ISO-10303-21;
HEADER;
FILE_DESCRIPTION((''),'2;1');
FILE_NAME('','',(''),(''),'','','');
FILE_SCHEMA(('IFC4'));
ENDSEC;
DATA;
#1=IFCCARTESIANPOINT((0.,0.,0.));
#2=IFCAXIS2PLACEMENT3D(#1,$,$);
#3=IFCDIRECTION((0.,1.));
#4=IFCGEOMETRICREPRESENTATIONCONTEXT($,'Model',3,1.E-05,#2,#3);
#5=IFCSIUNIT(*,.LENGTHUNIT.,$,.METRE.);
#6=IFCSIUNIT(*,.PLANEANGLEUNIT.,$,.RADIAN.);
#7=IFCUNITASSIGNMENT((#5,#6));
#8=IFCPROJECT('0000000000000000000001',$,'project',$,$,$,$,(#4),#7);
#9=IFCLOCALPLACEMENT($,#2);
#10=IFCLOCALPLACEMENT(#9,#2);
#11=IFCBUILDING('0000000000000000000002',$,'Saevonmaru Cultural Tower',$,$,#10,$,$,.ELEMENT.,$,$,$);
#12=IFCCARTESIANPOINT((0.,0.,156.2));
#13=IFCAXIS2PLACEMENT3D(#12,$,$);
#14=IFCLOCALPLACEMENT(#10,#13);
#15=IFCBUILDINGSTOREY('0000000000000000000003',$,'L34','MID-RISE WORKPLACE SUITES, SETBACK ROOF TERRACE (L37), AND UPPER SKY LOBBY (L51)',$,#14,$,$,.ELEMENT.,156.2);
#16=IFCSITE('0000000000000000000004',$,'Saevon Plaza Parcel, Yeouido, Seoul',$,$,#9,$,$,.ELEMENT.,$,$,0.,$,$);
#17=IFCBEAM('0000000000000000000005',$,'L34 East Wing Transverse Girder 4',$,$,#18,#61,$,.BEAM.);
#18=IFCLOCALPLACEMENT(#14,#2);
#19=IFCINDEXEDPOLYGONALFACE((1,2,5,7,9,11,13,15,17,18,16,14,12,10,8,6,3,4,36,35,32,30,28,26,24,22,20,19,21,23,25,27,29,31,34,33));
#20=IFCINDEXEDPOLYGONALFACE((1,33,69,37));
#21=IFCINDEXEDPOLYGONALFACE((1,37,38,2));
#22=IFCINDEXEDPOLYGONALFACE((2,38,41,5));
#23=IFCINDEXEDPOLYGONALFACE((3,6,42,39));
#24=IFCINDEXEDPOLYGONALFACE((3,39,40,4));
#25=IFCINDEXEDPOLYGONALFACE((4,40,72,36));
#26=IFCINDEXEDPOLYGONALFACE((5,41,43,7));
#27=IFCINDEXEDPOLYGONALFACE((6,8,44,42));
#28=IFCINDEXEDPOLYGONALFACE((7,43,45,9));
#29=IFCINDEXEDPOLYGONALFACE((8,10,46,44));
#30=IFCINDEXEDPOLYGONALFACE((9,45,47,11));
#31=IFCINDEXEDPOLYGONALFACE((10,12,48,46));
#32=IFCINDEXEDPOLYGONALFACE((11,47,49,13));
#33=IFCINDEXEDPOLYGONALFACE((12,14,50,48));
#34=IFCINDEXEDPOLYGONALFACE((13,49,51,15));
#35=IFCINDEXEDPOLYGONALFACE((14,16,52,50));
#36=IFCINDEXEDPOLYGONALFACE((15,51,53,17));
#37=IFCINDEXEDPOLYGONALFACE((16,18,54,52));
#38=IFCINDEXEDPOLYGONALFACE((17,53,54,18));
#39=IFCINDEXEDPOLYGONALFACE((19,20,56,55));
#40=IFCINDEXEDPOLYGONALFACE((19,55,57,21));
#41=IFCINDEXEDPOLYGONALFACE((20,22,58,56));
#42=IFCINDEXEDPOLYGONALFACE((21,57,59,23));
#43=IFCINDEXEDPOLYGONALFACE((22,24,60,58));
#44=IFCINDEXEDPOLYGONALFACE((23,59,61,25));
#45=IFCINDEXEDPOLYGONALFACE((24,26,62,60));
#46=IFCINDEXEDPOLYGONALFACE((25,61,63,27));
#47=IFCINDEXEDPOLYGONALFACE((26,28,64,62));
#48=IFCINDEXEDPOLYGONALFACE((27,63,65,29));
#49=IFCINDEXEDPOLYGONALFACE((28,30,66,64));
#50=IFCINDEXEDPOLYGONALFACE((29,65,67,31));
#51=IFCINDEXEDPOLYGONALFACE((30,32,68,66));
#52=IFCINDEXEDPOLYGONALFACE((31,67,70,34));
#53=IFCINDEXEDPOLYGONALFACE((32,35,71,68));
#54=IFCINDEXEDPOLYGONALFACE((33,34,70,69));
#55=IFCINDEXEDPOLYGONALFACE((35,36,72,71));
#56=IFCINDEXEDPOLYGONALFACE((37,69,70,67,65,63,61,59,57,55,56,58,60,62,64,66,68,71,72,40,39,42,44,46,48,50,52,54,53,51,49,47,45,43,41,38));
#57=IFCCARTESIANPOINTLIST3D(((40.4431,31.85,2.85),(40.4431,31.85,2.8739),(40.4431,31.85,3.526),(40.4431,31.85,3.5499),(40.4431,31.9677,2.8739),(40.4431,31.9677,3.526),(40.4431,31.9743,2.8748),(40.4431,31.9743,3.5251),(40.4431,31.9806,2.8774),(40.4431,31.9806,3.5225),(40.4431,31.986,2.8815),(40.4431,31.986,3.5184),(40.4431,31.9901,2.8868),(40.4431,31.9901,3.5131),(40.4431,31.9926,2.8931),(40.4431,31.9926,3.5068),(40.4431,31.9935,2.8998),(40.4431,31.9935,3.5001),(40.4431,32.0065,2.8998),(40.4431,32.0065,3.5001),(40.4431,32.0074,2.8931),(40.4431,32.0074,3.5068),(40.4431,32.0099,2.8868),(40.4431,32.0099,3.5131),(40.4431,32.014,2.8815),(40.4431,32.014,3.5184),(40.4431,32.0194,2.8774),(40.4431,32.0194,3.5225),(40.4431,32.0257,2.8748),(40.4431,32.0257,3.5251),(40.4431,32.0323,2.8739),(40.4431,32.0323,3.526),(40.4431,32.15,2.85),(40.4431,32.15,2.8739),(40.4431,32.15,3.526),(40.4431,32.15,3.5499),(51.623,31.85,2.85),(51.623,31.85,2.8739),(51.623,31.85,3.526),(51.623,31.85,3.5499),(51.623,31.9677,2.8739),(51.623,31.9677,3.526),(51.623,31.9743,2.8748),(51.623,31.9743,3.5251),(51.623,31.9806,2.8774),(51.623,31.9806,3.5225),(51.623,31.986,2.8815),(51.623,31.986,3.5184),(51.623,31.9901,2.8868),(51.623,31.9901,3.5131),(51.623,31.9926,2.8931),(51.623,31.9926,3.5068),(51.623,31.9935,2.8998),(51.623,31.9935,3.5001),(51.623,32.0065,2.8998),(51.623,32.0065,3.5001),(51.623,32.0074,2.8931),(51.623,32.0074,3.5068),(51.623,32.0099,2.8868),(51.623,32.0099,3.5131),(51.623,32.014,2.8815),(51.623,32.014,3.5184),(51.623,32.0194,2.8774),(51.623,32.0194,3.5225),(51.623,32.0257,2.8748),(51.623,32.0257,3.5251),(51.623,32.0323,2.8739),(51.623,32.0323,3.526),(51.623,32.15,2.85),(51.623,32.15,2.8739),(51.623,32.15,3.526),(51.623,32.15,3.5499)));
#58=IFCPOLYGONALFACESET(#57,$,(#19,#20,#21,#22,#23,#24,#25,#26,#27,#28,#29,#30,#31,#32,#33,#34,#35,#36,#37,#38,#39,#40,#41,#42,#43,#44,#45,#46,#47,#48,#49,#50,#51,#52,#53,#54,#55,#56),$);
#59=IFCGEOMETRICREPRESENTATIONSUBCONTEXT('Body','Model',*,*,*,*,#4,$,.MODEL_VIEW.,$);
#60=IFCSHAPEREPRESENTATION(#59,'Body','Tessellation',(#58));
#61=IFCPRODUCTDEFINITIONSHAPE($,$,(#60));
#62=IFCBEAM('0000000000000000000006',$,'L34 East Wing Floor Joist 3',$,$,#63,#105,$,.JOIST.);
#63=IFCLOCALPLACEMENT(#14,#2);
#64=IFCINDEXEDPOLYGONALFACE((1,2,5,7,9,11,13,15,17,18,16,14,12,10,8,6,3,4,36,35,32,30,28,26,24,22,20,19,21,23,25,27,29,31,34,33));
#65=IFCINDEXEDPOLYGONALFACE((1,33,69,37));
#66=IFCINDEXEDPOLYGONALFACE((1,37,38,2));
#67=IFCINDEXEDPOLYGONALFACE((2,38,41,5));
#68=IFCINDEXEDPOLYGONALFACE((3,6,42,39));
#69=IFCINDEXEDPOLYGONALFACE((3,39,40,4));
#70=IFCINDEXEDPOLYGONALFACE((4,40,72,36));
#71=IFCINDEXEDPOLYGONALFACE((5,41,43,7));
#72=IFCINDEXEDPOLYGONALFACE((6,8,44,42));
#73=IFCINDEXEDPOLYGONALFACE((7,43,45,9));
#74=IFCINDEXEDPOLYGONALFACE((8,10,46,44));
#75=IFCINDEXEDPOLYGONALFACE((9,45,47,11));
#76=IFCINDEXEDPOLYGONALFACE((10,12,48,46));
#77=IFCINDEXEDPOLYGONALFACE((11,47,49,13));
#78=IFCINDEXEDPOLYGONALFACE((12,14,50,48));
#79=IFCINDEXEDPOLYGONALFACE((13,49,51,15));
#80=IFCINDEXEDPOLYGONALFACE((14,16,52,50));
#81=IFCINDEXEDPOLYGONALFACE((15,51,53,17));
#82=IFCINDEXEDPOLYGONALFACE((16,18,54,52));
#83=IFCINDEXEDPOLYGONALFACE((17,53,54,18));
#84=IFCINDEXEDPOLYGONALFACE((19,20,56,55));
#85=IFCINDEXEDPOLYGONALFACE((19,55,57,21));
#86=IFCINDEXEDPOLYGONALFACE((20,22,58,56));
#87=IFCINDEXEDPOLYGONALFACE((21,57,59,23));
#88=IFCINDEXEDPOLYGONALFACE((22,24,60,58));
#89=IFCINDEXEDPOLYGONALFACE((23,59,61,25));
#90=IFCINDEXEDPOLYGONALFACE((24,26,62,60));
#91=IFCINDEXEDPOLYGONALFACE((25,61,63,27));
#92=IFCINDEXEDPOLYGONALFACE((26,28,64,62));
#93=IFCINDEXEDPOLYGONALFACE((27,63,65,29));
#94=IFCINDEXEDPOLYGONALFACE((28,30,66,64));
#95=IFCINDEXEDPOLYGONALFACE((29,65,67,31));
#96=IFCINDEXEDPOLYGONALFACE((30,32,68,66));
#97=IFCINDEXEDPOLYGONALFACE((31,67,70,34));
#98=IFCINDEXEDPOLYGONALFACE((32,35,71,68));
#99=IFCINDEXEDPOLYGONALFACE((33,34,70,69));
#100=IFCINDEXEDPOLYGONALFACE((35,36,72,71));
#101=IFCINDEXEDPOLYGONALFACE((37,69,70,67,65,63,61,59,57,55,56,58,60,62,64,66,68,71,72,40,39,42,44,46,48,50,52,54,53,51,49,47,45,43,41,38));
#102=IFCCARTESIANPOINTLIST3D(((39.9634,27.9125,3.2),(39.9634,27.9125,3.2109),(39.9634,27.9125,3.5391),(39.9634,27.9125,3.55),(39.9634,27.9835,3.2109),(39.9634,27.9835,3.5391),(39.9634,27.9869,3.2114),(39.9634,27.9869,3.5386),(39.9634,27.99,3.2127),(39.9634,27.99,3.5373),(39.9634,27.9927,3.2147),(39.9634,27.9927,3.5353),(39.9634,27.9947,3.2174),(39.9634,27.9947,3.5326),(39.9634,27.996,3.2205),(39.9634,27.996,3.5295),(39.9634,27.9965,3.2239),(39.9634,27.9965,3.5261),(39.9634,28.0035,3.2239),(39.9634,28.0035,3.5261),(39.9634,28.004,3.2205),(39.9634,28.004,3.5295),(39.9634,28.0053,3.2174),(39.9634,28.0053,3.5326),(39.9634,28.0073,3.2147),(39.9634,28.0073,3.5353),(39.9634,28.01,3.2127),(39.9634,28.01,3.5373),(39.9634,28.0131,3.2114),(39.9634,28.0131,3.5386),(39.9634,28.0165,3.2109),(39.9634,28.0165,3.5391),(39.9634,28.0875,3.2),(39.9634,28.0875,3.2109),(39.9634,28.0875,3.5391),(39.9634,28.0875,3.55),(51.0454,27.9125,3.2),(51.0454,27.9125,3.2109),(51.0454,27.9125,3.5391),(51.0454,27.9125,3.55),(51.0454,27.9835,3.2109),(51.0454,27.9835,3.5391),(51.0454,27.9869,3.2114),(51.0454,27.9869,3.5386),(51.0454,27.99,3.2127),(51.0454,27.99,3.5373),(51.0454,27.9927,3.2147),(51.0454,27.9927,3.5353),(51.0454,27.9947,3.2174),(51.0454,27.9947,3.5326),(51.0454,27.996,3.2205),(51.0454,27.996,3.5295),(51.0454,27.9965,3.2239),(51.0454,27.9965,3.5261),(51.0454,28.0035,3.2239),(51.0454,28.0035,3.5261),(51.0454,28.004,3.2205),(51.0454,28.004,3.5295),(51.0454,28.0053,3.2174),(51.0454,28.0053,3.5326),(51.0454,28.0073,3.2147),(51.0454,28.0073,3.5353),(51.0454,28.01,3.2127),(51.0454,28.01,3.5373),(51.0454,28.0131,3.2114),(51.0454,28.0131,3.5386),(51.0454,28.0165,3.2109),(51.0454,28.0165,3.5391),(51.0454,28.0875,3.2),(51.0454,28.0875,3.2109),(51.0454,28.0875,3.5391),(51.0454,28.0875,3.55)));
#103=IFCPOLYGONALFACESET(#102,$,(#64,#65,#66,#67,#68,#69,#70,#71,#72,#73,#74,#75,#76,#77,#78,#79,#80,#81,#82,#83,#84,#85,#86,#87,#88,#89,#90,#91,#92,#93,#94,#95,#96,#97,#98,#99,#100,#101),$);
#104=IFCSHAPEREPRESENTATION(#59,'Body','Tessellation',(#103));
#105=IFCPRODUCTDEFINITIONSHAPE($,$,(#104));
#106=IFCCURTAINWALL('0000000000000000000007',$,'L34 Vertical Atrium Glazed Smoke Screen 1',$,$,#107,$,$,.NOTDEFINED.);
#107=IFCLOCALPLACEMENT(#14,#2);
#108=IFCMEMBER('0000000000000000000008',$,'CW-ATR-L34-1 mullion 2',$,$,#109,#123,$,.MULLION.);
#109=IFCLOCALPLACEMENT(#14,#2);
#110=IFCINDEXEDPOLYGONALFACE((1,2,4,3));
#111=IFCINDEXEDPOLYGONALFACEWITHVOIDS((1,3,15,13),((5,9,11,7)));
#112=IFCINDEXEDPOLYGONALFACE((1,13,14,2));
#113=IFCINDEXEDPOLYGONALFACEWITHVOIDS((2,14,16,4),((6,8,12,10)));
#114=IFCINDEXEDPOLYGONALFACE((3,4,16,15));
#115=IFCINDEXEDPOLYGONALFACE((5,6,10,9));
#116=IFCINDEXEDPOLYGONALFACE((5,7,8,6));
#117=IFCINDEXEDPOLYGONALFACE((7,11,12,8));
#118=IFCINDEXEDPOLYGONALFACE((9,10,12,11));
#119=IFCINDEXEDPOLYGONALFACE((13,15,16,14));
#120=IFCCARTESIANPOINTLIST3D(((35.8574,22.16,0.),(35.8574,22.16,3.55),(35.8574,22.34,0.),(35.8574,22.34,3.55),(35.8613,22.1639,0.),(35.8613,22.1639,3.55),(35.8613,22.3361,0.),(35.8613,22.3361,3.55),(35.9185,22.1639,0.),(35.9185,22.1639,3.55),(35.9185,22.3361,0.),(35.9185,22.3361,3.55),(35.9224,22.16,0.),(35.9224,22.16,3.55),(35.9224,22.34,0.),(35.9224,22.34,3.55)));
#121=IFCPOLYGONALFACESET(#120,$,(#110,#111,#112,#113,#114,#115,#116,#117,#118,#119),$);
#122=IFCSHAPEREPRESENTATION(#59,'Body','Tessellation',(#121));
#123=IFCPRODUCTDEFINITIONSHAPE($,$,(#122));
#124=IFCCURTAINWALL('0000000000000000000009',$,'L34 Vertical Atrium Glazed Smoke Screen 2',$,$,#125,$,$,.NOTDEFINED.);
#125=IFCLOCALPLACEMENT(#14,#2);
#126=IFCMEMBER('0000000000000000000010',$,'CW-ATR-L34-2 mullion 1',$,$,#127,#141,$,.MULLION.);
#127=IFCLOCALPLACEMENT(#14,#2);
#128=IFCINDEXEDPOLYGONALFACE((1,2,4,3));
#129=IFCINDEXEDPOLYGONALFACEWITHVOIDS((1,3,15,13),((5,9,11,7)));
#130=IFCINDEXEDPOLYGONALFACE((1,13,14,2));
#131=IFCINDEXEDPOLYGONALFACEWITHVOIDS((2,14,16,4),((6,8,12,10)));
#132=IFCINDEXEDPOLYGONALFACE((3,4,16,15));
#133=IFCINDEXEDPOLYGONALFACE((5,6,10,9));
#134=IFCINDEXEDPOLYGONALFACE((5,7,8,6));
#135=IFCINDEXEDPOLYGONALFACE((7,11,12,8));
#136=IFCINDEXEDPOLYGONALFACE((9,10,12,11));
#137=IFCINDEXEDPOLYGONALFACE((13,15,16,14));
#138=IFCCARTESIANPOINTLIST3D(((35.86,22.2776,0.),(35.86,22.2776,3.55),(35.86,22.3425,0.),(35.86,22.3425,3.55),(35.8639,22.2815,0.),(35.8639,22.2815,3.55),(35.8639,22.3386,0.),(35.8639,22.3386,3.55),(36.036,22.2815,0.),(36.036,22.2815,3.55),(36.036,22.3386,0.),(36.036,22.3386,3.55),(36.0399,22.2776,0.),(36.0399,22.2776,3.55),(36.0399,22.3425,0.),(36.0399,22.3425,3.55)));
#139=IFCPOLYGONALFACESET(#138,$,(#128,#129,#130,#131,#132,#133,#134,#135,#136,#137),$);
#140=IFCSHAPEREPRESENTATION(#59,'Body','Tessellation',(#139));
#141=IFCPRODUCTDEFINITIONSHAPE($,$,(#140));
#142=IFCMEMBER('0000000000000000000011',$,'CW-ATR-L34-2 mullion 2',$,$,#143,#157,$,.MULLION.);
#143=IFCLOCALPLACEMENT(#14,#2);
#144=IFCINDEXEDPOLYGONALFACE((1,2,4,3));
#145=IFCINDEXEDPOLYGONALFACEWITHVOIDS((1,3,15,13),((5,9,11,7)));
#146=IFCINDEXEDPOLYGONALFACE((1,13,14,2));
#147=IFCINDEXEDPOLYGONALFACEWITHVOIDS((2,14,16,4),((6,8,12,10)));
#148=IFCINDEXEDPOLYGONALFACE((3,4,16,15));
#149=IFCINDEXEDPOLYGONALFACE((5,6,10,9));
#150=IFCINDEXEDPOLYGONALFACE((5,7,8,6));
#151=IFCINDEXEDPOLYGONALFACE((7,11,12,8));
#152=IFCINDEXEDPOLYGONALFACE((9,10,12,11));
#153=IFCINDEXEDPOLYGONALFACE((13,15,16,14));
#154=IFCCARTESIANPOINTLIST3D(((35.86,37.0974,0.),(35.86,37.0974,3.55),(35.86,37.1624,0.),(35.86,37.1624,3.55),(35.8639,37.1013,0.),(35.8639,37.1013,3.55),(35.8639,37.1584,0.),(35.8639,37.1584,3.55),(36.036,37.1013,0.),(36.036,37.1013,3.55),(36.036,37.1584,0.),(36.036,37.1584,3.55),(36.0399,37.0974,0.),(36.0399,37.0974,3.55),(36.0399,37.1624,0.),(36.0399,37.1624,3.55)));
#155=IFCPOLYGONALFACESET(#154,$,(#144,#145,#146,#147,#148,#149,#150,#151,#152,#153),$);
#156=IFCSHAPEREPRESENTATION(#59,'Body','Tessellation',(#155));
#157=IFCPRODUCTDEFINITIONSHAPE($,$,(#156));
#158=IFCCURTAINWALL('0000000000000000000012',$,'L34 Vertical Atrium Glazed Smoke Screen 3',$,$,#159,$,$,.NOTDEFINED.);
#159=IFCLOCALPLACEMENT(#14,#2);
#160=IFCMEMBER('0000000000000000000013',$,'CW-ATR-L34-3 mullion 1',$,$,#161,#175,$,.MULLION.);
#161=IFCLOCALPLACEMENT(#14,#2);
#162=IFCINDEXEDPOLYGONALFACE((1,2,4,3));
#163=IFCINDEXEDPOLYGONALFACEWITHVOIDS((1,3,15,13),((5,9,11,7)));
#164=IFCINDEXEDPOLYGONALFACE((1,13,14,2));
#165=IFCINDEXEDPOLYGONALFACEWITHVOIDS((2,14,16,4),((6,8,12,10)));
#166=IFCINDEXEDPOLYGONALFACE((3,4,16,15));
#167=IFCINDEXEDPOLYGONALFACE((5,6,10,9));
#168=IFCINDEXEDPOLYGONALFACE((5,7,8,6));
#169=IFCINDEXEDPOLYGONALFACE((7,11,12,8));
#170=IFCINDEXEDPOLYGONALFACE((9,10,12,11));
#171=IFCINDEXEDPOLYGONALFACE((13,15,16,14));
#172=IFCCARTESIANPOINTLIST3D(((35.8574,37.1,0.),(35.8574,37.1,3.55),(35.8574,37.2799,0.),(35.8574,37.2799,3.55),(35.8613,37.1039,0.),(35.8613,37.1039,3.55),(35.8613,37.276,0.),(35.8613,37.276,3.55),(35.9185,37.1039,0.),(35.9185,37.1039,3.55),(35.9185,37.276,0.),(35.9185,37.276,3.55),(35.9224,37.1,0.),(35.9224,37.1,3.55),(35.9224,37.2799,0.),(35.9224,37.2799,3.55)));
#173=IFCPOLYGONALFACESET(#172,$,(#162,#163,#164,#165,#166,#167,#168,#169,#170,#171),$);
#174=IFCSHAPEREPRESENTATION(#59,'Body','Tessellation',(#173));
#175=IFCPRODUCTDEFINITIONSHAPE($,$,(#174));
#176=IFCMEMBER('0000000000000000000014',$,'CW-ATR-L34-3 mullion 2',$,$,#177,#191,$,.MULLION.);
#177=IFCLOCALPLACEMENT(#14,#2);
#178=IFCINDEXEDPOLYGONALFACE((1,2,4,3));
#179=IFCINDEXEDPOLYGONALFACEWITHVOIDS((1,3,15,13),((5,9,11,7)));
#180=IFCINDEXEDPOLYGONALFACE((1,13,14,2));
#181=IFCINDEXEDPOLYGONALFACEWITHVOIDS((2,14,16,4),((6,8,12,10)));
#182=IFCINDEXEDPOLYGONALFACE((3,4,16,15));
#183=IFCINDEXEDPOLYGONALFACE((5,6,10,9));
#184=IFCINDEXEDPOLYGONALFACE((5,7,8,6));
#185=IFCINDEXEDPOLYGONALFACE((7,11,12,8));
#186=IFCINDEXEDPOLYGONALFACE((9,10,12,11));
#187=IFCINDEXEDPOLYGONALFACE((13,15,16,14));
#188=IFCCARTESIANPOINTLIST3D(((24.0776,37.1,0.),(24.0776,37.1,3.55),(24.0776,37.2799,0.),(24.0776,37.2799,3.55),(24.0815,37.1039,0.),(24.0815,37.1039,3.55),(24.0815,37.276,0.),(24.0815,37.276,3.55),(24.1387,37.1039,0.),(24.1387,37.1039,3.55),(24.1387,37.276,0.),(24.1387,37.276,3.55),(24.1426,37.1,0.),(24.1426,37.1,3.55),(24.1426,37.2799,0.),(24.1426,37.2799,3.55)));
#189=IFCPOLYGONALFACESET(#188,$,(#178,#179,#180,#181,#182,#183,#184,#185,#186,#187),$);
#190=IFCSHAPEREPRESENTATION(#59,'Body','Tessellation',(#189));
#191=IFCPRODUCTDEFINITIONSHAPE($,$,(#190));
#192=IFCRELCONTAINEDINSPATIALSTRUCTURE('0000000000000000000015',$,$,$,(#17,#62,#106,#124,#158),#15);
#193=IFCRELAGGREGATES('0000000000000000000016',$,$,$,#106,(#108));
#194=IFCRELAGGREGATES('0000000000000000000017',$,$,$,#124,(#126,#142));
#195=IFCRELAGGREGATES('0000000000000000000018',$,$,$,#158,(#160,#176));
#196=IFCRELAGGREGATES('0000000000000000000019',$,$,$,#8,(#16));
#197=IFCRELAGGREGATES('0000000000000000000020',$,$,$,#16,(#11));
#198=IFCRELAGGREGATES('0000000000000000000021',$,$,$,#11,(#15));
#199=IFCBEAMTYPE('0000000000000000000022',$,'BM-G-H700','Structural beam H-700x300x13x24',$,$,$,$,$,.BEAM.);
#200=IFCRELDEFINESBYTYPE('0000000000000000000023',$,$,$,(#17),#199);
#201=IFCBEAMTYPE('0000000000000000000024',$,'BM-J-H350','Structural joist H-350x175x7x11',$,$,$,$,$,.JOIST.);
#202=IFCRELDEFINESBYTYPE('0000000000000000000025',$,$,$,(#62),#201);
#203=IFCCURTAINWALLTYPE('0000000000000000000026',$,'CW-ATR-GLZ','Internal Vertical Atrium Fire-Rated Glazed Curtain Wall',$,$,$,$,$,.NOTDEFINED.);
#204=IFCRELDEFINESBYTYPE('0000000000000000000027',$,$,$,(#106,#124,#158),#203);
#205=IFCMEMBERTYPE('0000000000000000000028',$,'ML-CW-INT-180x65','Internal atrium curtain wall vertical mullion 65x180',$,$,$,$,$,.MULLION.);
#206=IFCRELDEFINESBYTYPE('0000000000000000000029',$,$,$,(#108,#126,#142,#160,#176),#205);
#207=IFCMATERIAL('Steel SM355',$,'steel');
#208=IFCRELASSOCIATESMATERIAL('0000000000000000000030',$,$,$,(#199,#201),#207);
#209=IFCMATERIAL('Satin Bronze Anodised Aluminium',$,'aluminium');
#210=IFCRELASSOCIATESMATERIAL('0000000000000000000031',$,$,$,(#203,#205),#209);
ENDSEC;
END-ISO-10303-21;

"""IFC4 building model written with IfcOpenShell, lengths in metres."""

from ifc_helpers import new_model, si_unit, direction, frame, origin, origin_2d, place, context, subcontext, project, spatial, hollow_rectangle, i_section, extrude, material, material_profile, profile_set, type_object, element, aggregate, save


model = new_model("IFC4")

# Units and contexts
model_context = context("Model", 3, precision=1e-05, world=origin(), true_north=direction((0.0, 1.0)))
body_context = subcontext(model_context, "Body", "Model", "MODEL_VIEW")
ifc_project = project(units=[si_unit("LENGTHUNIT", "METRE"), si_unit("PLANEANGLEUNIT", "RADIAN")], contexts=[model_context])

# Site, building, storey
site_placement = place(None, origin())
site = spatial("IfcSite", under=ifc_project, at=site_placement, Name="Saevon Plaza Parcel, Yeouido, Seoul", CompositionType="ELEMENT", RefElevation=0.0)
building_placement = place(site_placement, origin())
building = spatial("IfcBuilding", under=site, at=building_placement, Name="Saevonmaru Cultural Tower", CompositionType="ELEMENT")
storey_placement = place(building_placement, frame((0.0, 0.0, 156.2)))
storey = spatial("IfcBuildingStorey", under=building, at=storey_placement, Name="L34", Description="MID-RISE WORKPLACE SUITES, SETBACK ROOF TERRACE (L37), AND UPPER SKY LOBBY (L51)", CompositionType="ELEMENT", Elevation=156.2)

# Shared definitions
ifc_material_1 = material(Name="Steel SM355", Category="steel")

# Beams
ifc_material_profile_1 = material_profile(ifc_material_1, i_section(OverallWidth=0.3, OverallDepth=0.7, WebThickness=0.0129, FlangeThickness=0.0239, FilletRadius=0.0259, at=origin_2d()), Name="H-700x300x13x24")
ifc_profile_set_1 = profile_set([ifc_material_profile_1], Name="Steel SM355")
beam_type_1 = type_object("IfcBeamType", Name="BM-G-H700", Description="Structural beam H-700x300x13x24", PredefinedType="BEAM", material=ifc_profile_set_1)
for number, where, z_axis, x_axis, name in (
    (1, (40.4431, 32.0, 3.2), (1.0, 0.0, 0.0), (0.0, 1.0, 0.0), "L34 East Wing Transverse Girder 4"),
):
    element("IfcBeam", number, at=place(storey_placement, frame(where, z_axis=z_axis, x_axis=x_axis)), inside=storey, type_object=beam_type_1, Name=name, PredefinedType="BEAM", context=body_context, shape_type="SweptSolid", body=[
        extrude(i_section(OverallWidth=0.3, OverallDepth=0.7, WebThickness=0.0129, FlangeThickness=0.0239, FilletRadius=0.0259, at=origin_2d()), origin(), (0.0, 0.0, 1.0), 11.1799),
    ])
ifc_material_profile_2 = material_profile(ifc_material_1, i_section(OverallWidth=0.175, OverallDepth=0.3501, WebThickness=0.0071, FlangeThickness=0.011, FilletRadius=0.0129, at=origin_2d()), Name="H-350x175x7x11")
ifc_profile_set_2 = profile_set([ifc_material_profile_2], Name="Steel SM355")
beam_type_2 = type_object("IfcBeamType", Name="BM-J-H350", Description="Structural joist H-350x175x7x11", PredefinedType="JOIST", material=ifc_profile_set_2)
beam_1_placement = place(storey_placement, frame((39.9634, 28.0, 3.375), z_axis=(1.0, 0.0, 0.0), x_axis=(0.0, 1.0, 0.0)))
element("IfcBeam", 2, at=beam_1_placement, inside=storey, type_object=beam_type_2, Name="L34 East Wing Floor Joist 3", PredefinedType="JOIST", context=body_context, shape_type="SweptSolid", body=[
    extrude(i_section(OverallWidth=0.175, OverallDepth=0.3501, WebThickness=0.0071, FlangeThickness=0.011, FilletRadius=0.0129, at=origin_2d()), origin(), (0.0, 0.0, 1.0), 11.082),
])

# Curtain wall, member
ifc_material_2 = material(Name="Satin Bronze Anodised Aluminium", Category="aluminium")
curtain_wall_type = type_object("IfcCurtainWallType", Name="CW-ATR-GLZ", Description="Internal Vertical Atrium Fire-Rated Glazed Curtain Wall", PredefinedType="NOTDEFINED", material=ifc_material_2)
curtain_wall_1_placement = place(storey_placement, origin())
curtain_wall_1 = element("IfcCurtainWall", 3, at=curtain_wall_1_placement, inside=storey, type_object=curtain_wall_type, Name="L34 Vertical Atrium Glazed Smoke Screen 1", PredefinedType="NOTDEFINED")
ifc_material_profile_3 = material_profile(ifc_material_2, hollow_rectangle(XDim=0.0649, YDim=0.1799, WallThickness=0.0039, at=origin_2d()), Name="ALU-MULL-180x65x4")
ifc_profile_set_3 = profile_set([ifc_material_profile_3], Name="Satin Bronze Anodised Aluminium")
member_type_1 = type_object("IfcMemberType", Name="ML-CW-INT-180x65", Description="Internal atrium curtain wall vertical mullion 65x180", PredefinedType="MULLION", material=ifc_profile_set_3)
member_1_placement = place(storey_placement, frame((35.8899, 22.25, 0.0), z_axis=(0.0, 0.0, 1.0), x_axis=(1.0, 0.0, 0.0)))
member_1 = element("IfcMember", 4, at=member_1_placement, type_object=member_type_1, Name="CW-ATR-L34-1 mullion 2", PredefinedType="MULLION", context=body_context, shape_type="SweptSolid", body=[
    extrude(hollow_rectangle(XDim=0.0649, YDim=0.1799, WallThickness=0.0039, at=origin_2d()), origin(), (0.0, 0.0, 1.0), 3.55),
])
aggregate(curtain_wall_1, [member_1])

# Curtain walls, members
curtain_wall_2_placement = place(storey_placement, origin())
curtain_wall_2 = element("IfcCurtainWall", 5, at=curtain_wall_2_placement, inside=storey, type_object=curtain_wall_type, Name="L34 Vertical Atrium Glazed Smoke Screen 2", PredefinedType="NOTDEFINED")
member_2_placement = place(storey_placement, frame((35.95, 22.3101, 0.0), z_axis=(0.0, 0.0, 1.0), x_axis=(0.0, 1.0, 0.0)))
member_2 = element("IfcMember", 6, at=member_2_placement, type_object=member_type_1, Name="CW-ATR-L34-2 mullion 1", PredefinedType="MULLION", context=body_context, shape_type="SweptSolid", body=[
    extrude(hollow_rectangle(XDim=0.0649, YDim=0.1799, WallThickness=0.0039, at=origin_2d()), origin(), (0.0, 0.0, 1.0), 3.55),
])
member_3_placement = place(storey_placement, frame((35.95, 37.1299, 0.0), z_axis=(0.0, 0.0, 1.0), x_axis=(0.0, 1.0, 0.0)))
member_3 = element("IfcMember", 7, at=member_3_placement, type_object=member_type_1, Name="CW-ATR-L34-2 mullion 2", PredefinedType="MULLION", context=body_context, shape_type="SweptSolid", body=[
    extrude(hollow_rectangle(XDim=0.0649, YDim=0.1799, WallThickness=0.0039, at=origin_2d()), origin(), (0.0, 0.0, 1.0), 3.55),
])
curtain_wall_3_placement = place(storey_placement, origin())
curtain_wall_3 = element("IfcCurtainWall", 8, at=curtain_wall_3_placement, inside=storey, type_object=curtain_wall_type, Name="L34 Vertical Atrium Glazed Smoke Screen 3", PredefinedType="NOTDEFINED")
member_4_placement = place(storey_placement, frame((35.8899, 37.1899, 0.0), z_axis=(0.0, 0.0, 1.0), x_axis=(-1.0, 0.0, 0.0)))
member_4 = element("IfcMember", 9, at=member_4_placement, type_object=member_type_1, Name="CW-ATR-L34-3 mullion 1", PredefinedType="MULLION", context=body_context, shape_type="SweptSolid", body=[
    extrude(hollow_rectangle(XDim=0.0649, YDim=0.1799, WallThickness=0.0039, at=origin_2d()), origin(), (0.0, 0.0, 1.0), 3.55),
])
member_5_placement = place(storey_placement, frame((24.1101, 37.1899, 0.0), z_axis=(0.0, 0.0, 1.0), x_axis=(-1.0, 0.0, 0.0)))
member_5 = element("IfcMember", 10, at=member_5_placement, type_object=member_type_1, Name="CW-ATR-L34-3 mullion 2", PredefinedType="MULLION", context=body_context, shape_type="SweptSolid", body=[
    extrude(hollow_rectangle(XDim=0.0649, YDim=0.1799, WallThickness=0.0039, at=origin_2d()), origin(), (0.0, 0.0, 1.0), 3.55),
])

aggregate(curtain_wall_2, [member_2, member_3])
aggregate(curtain_wall_3, [member_4, member_5])

save(model, "model.ifc")
